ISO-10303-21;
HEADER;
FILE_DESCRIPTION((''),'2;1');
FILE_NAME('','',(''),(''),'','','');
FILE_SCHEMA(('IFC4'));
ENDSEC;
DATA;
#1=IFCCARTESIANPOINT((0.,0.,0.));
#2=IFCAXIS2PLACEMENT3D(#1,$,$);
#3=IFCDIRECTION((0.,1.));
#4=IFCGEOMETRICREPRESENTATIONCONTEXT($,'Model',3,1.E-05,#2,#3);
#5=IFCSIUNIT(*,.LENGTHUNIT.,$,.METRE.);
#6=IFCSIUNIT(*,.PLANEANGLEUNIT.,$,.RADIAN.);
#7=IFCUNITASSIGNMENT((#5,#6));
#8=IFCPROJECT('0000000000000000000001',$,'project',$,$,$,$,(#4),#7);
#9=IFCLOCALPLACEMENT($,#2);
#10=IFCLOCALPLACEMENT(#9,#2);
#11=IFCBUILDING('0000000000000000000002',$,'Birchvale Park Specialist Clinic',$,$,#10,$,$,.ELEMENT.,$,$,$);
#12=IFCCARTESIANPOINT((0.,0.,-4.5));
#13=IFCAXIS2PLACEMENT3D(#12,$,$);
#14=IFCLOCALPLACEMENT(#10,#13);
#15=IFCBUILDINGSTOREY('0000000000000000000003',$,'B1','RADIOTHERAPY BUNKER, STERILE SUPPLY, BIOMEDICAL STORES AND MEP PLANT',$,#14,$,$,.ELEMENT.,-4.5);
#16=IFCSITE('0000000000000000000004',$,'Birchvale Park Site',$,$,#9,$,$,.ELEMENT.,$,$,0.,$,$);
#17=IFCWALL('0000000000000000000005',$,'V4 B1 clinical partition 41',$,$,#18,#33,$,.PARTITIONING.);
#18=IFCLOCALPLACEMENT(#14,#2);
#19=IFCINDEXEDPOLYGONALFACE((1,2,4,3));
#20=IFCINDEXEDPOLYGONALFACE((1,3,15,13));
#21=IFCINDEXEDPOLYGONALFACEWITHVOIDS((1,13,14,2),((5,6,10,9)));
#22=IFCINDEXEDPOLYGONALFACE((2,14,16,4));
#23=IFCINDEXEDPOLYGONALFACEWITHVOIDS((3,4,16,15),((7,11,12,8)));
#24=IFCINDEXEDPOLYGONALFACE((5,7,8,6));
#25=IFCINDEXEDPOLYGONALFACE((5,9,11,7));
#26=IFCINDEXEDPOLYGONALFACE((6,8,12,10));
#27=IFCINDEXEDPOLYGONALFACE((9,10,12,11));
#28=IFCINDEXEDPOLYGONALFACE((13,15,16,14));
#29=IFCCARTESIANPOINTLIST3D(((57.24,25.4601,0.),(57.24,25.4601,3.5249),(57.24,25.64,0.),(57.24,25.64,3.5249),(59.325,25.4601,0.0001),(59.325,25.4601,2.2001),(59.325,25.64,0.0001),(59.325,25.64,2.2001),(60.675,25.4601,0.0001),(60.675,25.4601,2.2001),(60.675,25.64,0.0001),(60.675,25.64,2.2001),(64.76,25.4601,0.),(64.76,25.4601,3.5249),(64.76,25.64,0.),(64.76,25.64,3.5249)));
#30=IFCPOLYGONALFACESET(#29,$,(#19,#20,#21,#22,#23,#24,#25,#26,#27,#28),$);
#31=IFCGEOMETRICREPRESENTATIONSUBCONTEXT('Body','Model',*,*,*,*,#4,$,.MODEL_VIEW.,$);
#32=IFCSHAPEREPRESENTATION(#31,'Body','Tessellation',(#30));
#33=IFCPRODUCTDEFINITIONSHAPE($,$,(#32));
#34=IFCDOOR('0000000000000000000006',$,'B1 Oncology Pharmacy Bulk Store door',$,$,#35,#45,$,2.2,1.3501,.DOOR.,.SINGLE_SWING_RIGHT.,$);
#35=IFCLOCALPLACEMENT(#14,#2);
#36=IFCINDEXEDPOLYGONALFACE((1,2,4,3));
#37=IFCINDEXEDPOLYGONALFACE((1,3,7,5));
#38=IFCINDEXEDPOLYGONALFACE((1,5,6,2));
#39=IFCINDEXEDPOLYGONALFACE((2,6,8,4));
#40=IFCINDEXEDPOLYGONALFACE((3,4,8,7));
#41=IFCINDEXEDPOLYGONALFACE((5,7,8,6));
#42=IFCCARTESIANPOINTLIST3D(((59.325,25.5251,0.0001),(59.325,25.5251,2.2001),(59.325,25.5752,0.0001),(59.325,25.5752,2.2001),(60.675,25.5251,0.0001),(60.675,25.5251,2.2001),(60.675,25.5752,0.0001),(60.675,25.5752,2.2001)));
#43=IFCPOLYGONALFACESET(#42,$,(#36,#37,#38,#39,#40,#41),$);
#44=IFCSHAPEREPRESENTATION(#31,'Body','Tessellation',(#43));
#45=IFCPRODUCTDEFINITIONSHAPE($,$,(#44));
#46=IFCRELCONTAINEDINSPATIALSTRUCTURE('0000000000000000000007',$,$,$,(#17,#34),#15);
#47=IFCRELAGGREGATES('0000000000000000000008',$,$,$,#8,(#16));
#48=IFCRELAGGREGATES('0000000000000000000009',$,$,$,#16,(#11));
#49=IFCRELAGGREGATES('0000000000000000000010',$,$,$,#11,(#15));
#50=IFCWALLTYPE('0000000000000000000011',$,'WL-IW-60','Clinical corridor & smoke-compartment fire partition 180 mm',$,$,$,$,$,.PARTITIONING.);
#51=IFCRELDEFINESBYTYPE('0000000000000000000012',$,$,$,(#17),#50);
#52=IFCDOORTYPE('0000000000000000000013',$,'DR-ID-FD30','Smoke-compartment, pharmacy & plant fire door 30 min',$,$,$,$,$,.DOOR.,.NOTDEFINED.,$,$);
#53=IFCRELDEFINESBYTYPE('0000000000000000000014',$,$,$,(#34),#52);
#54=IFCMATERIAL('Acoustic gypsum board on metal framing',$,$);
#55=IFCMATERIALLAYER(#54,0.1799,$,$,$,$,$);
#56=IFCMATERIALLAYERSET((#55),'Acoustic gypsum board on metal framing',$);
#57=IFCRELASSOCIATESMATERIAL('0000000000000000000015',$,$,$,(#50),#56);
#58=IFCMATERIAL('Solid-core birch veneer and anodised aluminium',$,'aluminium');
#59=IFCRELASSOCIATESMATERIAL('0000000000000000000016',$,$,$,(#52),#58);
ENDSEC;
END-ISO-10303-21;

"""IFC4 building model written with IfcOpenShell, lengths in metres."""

from ifc_helpers import new_model, si_unit, direction, frame, frame_2d, origin, place, context, subcontext, project, spatial, rectangle, extrude, material, layer, layer_set, type_object, element, fill, save


model = new_model("IFC4")

# Units and contexts
model_context = context("Model", 3, precision=1e-05, world=origin(), true_north=direction((0.0, 1.0)))
body_context = subcontext(model_context, "Body", "Model", "MODEL_VIEW")
ifc_project = project(units=[si_unit("LENGTHUNIT", "METRE"), si_unit("PLANEANGLEUNIT", "RADIAN")], contexts=[model_context])

# Site, building, storey
site_placement = place(None, origin())
site = spatial("IfcSite", under=ifc_project, at=site_placement, Name="Birchvale Park Site", CompositionType="ELEMENT", RefElevation=0.0)
building_placement = place(site_placement, origin())
building = spatial("IfcBuilding", under=site, at=building_placement, Name="Birchvale Park Specialist Clinic", CompositionType="ELEMENT")
storey_placement = place(building_placement, frame((0.0, 0.0, -4.5)))
storey = spatial("IfcBuildingStorey", under=building, at=storey_placement, Name="B1", Description="RADIOTHERAPY BUNKER, STERILE SUPPLY, BIOMEDICAL STORES AND MEP PLANT", CompositionType="ELEMENT", Elevation=-4.5)

# Shared definitions
ifc_material_1 = material(Name="Solid-core birch veneer and anodised aluminium", Category="aluminium")

# Shared definitions
ifc_material_2 = material(Name="Acoustic gypsum board on metal framing")

# Wall, opening, door
ifc_layer_1 = layer(ifc_material_2, 0.1799)
ifc_layer_set_1 = layer_set([ifc_layer_1], Name="Acoustic gypsum board on metal framing")
wall_type_1 = type_object("IfcWallType", Name="WL-IW-60", Description="Clinical corridor & smoke-compartment fire partition 180 mm", PredefinedType="PARTITIONING", material=ifc_layer_set_1)
door_type_1 = type_object("IfcDoorType", Name="DR-ID-FD30", Description="Smoke-compartment, pharmacy & plant fire door 30 min", OperationType="NOTDEFINED", PredefinedType="DOOR", material=ifc_material_1)
wall_1_placement = place(storey_placement, frame((64.76, 25.55, 0.0), z_axis=(0.0, 0.0, 1.0), x_axis=(-1.0, 0.0, 0.0)))
wall_1 = element("IfcWall", 1, at=wall_1_placement, inside=storey, type_object=wall_type_1, Name="V4 B1 clinical partition 41", PredefinedType="PARTITIONING", context=body_context, shape_type="SweptSolid", body=[
    extrude(rectangle(XDim=7.52, YDim=0.1799, at=frame_2d((3.76, 0.0))), origin(), (0.0, 0.0, 1.0), 3.5249),
])
opening_1_placement = place(wall_1_placement, frame((4.085, 0.0, 0.0)))
opening_1 = element("IfcOpeningElement", 2, at=opening_1_placement, cuts=wall_1, PredefinedType="OPENING", context=body_context, shape_type="SweptSolid", body=[
    extrude(rectangle(XDim=1.3501, YDim=2.2, at=frame_2d((0.675, 1.1001))), frame((0.0, 0.1001, 0.0), z_axis=(0.0, -1.0, 0.0), x_axis=(1.0, 0.0, 0.0)), (0.0, 0.0, 1.0), 0.2),
])
door_1_placement = place(opening_1_placement, origin())
door_1 = element("IfcDoor", 3, at=door_1_placement, inside=storey, type_object=door_type_1, Name="B1 Oncology Pharmacy Bulk Store door", OperationType="SINGLE_SWING_RIGHT", OverallHeight=2.2, OverallWidth=1.3501, PredefinedType="DOOR", context=body_context, shape_type="SweptSolid", body=[
    extrude(rectangle(XDim=1.3501, YDim=2.2, at=frame_2d((0.675, 1.1001))), frame((0.0, 0.0249, 0.0), z_axis=(0.0, -1.0, 0.0), x_axis=(1.0, 0.0, 0.0)), (0.0, 0.0, 1.0), 0.05),
])
fill(opening_1, door_1)

save(model, "model.ifc")
